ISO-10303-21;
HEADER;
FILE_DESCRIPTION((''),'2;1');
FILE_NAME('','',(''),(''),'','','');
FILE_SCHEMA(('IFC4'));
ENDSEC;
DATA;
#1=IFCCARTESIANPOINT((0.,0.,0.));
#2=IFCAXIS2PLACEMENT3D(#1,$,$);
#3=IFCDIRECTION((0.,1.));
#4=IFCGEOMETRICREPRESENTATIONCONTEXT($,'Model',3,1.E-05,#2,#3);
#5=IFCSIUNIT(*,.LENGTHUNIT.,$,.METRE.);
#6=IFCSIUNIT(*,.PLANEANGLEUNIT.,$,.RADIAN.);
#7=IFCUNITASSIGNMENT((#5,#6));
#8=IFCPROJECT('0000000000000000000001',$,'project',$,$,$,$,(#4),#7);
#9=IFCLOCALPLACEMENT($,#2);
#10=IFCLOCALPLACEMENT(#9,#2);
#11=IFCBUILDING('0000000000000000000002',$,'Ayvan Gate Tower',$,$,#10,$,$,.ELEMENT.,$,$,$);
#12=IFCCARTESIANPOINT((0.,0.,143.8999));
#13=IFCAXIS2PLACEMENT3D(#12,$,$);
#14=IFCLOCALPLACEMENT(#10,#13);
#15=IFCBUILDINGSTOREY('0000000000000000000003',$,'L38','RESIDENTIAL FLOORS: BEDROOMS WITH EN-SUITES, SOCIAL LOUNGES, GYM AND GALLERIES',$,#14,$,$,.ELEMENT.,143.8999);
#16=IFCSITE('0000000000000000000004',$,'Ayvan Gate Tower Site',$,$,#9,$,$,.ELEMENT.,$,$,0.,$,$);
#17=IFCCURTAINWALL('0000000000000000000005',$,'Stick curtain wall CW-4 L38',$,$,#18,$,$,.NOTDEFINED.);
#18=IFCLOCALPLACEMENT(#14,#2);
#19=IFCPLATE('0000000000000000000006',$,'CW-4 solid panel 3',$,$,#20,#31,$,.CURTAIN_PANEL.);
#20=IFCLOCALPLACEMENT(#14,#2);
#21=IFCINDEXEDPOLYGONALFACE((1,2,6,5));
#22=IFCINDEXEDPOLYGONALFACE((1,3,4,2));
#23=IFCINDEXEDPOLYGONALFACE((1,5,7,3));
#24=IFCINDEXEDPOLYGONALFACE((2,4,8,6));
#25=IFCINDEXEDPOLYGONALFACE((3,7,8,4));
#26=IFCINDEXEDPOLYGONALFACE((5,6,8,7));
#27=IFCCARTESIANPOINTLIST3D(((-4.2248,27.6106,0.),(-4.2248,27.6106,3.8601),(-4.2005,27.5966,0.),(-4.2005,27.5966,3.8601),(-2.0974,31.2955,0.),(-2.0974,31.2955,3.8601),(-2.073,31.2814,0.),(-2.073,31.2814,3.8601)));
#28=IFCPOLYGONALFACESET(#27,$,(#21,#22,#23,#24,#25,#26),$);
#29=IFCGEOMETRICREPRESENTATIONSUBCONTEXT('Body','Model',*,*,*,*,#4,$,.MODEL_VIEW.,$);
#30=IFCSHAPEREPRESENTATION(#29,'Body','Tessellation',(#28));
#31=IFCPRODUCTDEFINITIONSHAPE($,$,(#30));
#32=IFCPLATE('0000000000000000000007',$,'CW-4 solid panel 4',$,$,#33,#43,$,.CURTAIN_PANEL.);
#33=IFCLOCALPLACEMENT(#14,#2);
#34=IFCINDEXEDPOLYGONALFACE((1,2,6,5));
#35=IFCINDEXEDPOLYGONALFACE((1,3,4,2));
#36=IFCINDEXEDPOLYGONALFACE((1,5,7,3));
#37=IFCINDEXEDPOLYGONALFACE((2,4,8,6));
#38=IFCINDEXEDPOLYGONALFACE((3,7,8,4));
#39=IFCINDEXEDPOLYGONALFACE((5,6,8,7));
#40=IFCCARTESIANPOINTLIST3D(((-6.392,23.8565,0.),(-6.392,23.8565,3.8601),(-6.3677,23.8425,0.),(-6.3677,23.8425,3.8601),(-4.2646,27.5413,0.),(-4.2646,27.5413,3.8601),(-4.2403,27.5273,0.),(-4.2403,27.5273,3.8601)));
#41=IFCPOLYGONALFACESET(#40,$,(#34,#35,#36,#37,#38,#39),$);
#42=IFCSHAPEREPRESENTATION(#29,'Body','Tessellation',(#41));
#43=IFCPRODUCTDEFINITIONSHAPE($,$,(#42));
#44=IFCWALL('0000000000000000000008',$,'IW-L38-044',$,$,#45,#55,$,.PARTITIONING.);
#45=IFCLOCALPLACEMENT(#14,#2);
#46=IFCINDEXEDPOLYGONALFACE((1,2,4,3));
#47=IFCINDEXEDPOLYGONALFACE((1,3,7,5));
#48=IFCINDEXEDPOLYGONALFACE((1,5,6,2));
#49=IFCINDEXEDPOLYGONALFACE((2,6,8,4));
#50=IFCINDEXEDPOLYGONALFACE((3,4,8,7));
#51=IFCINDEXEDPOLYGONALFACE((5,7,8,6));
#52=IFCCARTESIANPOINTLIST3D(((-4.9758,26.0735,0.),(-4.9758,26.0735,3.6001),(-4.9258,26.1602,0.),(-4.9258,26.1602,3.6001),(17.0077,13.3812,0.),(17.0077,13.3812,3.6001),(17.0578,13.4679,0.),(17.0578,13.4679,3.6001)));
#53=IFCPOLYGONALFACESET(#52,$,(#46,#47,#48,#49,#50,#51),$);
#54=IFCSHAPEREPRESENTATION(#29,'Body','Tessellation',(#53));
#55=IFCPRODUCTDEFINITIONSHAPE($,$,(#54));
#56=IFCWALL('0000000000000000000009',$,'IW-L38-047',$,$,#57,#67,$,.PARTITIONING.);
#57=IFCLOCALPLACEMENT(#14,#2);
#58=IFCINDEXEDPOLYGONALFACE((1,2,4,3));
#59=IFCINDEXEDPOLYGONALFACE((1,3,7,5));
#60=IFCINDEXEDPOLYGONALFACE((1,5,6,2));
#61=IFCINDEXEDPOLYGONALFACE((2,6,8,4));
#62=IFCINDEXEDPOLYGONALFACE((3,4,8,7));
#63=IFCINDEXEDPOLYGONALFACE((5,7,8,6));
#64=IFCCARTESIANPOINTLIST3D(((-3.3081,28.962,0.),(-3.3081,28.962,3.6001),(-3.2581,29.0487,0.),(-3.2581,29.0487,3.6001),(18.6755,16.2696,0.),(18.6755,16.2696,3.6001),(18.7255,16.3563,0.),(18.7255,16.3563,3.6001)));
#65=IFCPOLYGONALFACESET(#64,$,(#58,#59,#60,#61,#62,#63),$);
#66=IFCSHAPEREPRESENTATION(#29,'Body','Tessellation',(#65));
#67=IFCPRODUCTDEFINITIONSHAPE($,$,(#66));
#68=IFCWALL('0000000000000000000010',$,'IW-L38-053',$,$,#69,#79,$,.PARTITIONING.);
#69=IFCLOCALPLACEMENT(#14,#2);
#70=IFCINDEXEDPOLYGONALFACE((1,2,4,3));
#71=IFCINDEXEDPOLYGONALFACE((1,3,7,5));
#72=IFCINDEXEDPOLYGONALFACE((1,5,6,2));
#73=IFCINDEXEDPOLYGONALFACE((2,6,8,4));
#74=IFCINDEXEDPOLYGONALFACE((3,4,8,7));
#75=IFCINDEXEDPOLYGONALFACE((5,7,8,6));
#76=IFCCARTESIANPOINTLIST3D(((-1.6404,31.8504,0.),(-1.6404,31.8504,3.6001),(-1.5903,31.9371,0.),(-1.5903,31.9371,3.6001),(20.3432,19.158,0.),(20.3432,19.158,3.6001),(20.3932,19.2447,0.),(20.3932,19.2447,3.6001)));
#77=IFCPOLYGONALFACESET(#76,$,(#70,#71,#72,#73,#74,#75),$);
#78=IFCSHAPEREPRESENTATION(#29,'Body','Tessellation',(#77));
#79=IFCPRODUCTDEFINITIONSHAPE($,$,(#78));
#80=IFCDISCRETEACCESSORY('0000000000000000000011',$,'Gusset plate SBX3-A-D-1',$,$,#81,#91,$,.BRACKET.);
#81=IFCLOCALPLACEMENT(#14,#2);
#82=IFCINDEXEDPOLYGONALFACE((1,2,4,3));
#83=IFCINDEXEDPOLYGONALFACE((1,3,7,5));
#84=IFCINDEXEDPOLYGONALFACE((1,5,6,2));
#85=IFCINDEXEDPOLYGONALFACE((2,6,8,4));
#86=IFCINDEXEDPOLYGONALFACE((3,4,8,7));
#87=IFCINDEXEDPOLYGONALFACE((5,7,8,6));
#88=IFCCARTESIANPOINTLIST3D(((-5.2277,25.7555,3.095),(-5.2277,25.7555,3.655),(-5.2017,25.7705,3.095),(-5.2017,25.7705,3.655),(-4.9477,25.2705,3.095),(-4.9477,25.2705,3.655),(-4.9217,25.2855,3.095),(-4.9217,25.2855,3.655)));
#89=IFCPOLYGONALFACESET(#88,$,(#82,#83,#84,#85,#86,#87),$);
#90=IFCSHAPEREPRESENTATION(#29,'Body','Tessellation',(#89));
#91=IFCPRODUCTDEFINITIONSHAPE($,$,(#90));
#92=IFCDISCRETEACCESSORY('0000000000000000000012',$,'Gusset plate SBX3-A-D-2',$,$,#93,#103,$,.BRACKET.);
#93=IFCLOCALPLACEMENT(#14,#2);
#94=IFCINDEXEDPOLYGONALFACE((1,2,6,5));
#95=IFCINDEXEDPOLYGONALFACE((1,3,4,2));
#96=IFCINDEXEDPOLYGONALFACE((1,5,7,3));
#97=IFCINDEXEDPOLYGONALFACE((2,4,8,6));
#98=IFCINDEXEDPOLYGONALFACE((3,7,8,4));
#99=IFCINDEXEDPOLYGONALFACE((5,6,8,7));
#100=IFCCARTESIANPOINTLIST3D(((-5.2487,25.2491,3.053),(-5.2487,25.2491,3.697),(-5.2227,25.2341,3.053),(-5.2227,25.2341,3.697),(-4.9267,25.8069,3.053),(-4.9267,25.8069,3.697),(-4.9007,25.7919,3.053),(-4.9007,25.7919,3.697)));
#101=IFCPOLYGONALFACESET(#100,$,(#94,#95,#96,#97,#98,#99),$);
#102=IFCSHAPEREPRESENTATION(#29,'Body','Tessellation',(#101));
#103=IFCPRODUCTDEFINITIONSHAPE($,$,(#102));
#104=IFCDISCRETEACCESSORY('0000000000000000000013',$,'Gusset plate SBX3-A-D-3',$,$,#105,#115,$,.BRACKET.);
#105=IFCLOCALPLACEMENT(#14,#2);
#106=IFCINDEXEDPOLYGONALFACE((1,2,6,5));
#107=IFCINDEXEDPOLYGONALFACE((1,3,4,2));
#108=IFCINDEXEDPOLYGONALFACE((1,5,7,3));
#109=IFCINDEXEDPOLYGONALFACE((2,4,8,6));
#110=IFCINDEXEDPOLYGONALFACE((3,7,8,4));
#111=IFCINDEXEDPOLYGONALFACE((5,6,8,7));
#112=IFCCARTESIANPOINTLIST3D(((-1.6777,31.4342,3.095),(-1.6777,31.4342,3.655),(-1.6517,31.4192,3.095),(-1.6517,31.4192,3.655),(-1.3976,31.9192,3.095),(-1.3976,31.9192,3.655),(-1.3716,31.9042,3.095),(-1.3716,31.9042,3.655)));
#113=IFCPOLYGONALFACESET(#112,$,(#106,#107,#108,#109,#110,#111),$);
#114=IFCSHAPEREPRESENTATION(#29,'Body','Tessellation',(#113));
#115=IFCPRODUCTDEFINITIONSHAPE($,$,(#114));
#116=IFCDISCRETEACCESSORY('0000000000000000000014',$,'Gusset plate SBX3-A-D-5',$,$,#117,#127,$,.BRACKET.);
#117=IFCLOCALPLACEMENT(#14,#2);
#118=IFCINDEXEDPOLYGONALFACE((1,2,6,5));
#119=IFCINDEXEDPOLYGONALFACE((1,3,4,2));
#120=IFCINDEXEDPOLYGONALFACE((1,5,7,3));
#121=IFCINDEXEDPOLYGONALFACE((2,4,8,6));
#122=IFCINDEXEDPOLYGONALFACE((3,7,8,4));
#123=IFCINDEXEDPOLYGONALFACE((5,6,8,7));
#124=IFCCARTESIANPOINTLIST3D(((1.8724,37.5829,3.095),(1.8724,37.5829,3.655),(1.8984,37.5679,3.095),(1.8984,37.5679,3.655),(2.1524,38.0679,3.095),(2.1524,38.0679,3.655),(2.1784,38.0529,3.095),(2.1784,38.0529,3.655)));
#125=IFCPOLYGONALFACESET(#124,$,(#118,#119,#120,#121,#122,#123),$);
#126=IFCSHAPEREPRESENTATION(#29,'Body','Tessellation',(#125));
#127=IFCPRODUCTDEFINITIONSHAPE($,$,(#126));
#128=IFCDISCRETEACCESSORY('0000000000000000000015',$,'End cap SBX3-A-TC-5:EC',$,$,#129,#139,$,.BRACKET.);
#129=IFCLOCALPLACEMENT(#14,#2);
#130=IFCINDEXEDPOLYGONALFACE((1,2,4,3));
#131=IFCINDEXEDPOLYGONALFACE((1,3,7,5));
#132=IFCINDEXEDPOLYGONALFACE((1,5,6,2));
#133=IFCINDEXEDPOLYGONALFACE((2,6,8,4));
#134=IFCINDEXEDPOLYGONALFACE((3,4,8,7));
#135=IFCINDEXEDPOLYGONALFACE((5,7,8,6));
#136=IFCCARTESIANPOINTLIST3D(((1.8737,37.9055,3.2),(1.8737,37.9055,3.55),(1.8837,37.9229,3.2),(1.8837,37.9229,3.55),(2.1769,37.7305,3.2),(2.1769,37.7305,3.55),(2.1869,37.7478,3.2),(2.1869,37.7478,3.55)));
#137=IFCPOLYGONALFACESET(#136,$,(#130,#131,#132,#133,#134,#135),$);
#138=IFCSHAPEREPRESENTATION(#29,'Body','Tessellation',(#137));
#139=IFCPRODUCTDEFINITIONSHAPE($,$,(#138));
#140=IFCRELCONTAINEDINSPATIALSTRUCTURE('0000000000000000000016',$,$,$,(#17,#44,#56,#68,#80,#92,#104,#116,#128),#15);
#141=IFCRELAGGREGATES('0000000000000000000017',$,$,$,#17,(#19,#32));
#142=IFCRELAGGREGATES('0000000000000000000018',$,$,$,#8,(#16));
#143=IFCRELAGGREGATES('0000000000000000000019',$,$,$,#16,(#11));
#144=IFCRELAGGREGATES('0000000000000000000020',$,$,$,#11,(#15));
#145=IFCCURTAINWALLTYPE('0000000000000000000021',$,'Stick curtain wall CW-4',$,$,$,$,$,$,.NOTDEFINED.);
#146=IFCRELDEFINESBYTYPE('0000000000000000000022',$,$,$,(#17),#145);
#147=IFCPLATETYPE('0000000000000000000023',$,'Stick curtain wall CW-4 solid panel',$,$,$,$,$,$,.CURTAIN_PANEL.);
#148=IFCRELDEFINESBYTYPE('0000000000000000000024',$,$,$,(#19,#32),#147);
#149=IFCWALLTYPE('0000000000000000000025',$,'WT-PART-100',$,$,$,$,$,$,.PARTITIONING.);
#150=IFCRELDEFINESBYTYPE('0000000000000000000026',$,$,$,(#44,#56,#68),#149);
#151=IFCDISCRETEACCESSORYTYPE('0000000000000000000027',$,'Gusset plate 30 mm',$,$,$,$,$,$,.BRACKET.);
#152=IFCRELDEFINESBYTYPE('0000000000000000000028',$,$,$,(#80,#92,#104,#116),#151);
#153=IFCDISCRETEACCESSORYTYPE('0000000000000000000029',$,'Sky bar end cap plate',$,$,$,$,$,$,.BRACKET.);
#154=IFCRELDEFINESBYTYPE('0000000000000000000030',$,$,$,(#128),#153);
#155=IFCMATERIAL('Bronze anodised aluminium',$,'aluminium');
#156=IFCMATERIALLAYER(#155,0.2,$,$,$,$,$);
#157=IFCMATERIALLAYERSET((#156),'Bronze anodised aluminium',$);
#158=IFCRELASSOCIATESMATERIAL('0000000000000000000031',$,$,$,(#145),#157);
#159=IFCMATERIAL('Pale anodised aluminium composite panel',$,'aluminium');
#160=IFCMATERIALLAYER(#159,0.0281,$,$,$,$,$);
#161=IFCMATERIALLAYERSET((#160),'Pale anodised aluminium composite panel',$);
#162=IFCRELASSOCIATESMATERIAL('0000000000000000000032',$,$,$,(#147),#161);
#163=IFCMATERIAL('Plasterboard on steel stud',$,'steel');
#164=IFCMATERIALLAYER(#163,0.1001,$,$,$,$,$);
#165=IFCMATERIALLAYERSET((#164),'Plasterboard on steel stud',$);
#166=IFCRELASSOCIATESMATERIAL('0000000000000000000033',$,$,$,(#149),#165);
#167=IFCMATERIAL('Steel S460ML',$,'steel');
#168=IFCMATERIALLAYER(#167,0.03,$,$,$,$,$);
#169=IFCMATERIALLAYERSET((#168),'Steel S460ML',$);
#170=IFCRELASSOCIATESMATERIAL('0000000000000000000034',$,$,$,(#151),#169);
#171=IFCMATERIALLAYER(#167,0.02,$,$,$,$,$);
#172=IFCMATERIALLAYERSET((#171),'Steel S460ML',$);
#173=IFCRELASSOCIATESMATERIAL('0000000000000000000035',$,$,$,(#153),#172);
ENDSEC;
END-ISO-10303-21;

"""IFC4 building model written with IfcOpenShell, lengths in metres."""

from ifc_helpers import new_model, si_unit, direction, frame, frame_2d, origin, origin_2d, place, context, subcontext, project, spatial, rectangle, extrude, material, layer, layer_set, type_object, element, aggregate, save


model = new_model("IFC4")

# Units and contexts
model_context = context("Model", 3, precision=1e-05, world=origin(), true_north=direction((0.0, 1.0)))
body_context = subcontext(model_context, "Body", "Model", "MODEL_VIEW")
ifc_project = project(units=[si_unit("LENGTHUNIT", "METRE"), si_unit("PLANEANGLEUNIT", "RADIAN")], contexts=[model_context])

# Site, building, storey
site_placement = place(None, origin())
site = spatial("IfcSite", under=ifc_project, at=site_placement, Name="Ayvan Gate Tower Site", CompositionType="ELEMENT", RefElevation=0.0)
building_placement = place(site_placement, origin())
building = spatial("IfcBuilding", under=site, at=building_placement, Name="Ayvan Gate Tower", CompositionType="ELEMENT")
storey_placement = place(building_placement, frame((0.0, 0.0, 143.8999)))
storey = spatial("IfcBuildingStorey", under=building, at=storey_placement, Name="L38", Description="RESIDENTIAL FLOORS: BEDROOMS WITH EN-SUITES, SOCIAL LOUNGES, GYM AND GALLERIES", CompositionType="ELEMENT", Elevation=143.8999)

# Shared definitions
ifc_material_1 = material(Name="Steel S460ML", Category="steel")

# Shared definitions
ifc_material_2 = material(Name="Bronze anodised aluminium", Category="aluminium")
ifc_layer_1 = layer(ifc_material_2, 0.2)
ifc_layer_set_1 = layer_set([ifc_layer_1], Name="Bronze anodised aluminium")
curtain_wall_type = type_object("IfcCurtainWallType", Name="Stick curtain wall CW-4", PredefinedType="NOTDEFINED", material=ifc_layer_set_1)

# Curtain wall
curtain_wall_1_placement = place(storey_placement, origin())
curtain_wall_1 = element("IfcCurtainWall", 1, at=curtain_wall_1_placement, inside=storey, type_object=curtain_wall_type, Name="Stick curtain wall CW-4 L38", PredefinedType="NOTDEFINED")

# Plates
ifc_material_3 = material(Name="Pale anodised aluminium composite panel", Category="aluminium")
ifc_layer_2 = layer(ifc_material_3, 0.0281)
ifc_layer_set_2 = layer_set([ifc_layer_2], Name="Pale anodised aluminium composite panel")
plate_type = type_object("IfcPlateType", Name="Stick curtain wall CW-4 solid panel", PredefinedType="CURTAIN_PANEL", material=ifc_layer_set_2)
plate_1_placement = place(storey_placement, frame((-3.1489, 29.446, 0.0), z_axis=(0.0, 0.0, 1.0), x_axis=(-0.5, -0.866025, 0.0)))
plate_1 = element("IfcPlate", 2, at=plate_1_placement, type_object=plate_type, Name="CW-4 solid panel 3", PredefinedType="CURTAIN_PANEL", context=body_context, shape_type="SweptSolid", body=[
    extrude(rectangle(XDim=4.2549, YDim=0.0281, at=origin_2d()), origin(), (0.0, 0.0, 1.0), 3.8601),
])
plate_2_placement = place(storey_placement, frame((-5.3162, 25.6919, 0.0), z_axis=(0.0, 0.0, 1.0), x_axis=(-0.5, -0.866025, 0.0)))
plate_2 = element("IfcPlate", 3, at=plate_2_placement, type_object=plate_type, Name="CW-4 solid panel 4", PredefinedType="CURTAIN_PANEL", context=body_context, shape_type="SweptSolid", body=[
    extrude(rectangle(XDim=4.2549, YDim=0.0281, at=origin_2d()), origin(), (0.0, 0.0, 1.0), 3.8601),
])
aggregate(curtain_wall_1, [plate_1, plate_2])

# Walls
ifc_material_4 = material(Name="Plasterboard on steel stud", Category="steel")
ifc_layer_3 = layer(ifc_material_4, 0.1001)
ifc_layer_set_3 = layer_set([ifc_layer_3], Name="Plasterboard on steel stud")
wall_type = type_object("IfcWallType", Name="WT-PART-100", PredefinedType="PARTITIONING", material=ifc_layer_set_3)
for number, where, z_axis, x_axis, name in (
    (4, (-4.9509, 26.1169, 0.0), (0.0, 0.0, 1.0), (0.866023, -0.500004, 0.0), "IW-L38-044"),
    (5, (-3.2832, 29.0054, 0.0), (0.0, 0.0, 1.0), (0.866023, -0.500004, 0.0), "IW-L38-047"),
    (6, (-1.6155, 31.8938, 0.0), (0.0, 0.0, 1.0), (0.866023, -0.500004, 0.0), "IW-L38-053"),
):
    element("IfcWall", number, at=place(storey_placement, frame(where, z_axis=z_axis, x_axis=x_axis)), inside=storey, type_object=wall_type, Name=name, PredefinedType="PARTITIONING", context=body_context, shape_type="SweptSolid", body=[
        extrude(rectangle(XDim=25.3845, YDim=0.1001, at=frame_2d((12.6924, 0.0))), origin(), (0.0, 0.0, 1.0), 3.6001),
    ])

# Discrete accessories
ifc_layer_4 = layer(ifc_material_1, 0.03)
ifc_layer_set_4 = layer_set([ifc_layer_4], Name="Steel S460ML")
discrete_accessory_type_1 = type_object("IfcDiscreteAccessoryType", Name="Gusset plate 30 mm", PredefinedType="BRACKET", material=ifc_layer_set_4)
discrete_accessory_1_placement = place(storey_placement, frame((-5.0747, 25.5205, 3.095), z_axis=(0.0, 0.0, 1.0), x_axis=(-0.5, 0.866025, 0.0)))
element("IfcDiscreteAccessory", 7, at=discrete_accessory_1_placement, inside=storey, type_object=discrete_accessory_type_1, Name="Gusset plate SBX3-A-D-1", PredefinedType="BRACKET", context=body_context, shape_type="SweptSolid", body=[
    extrude(rectangle(XDim=0.5601, YDim=0.03, at=origin_2d()), origin(), (0.0, 0.0, 1.0), 0.5601),
])
discrete_accessory_2_placement = place(storey_placement, frame((-5.0747, 25.5205, 3.053), z_axis=(0.0, 0.0, 1.0), x_axis=(0.5, 0.866025, 0.0)))
element("IfcDiscreteAccessory", 8, at=discrete_accessory_2_placement, inside=storey, type_object=discrete_accessory_type_1, Name="Gusset plate SBX3-A-D-2", PredefinedType="BRACKET", context=body_context, shape_type="SweptSolid", body=[
    extrude(rectangle(XDim=0.644, YDim=0.03, at=origin_2d()), origin(), (0.0, 0.0, 1.0), 0.644),
])
for number, where, z_axis, x_axis, name in (
    (9, (-1.5247, 31.6692, 3.095), (0.0, 0.0, 1.0), (0.5, 0.866025, 0.0), "Gusset plate SBX3-A-D-3"),
    (10, (2.0254, 37.8179, 3.095), (0.0, 0.0, 1.0), (0.5, 0.866025, 0.0), "Gusset plate SBX3-A-D-5"),
):
    element("IfcDiscreteAccessory", number, at=place(storey_placement, frame(where, z_axis=z_axis, x_axis=x_axis)), inside=storey, type_object=discrete_accessory_type_1, Name=name, PredefinedType="BRACKET", context=body_context, shape_type="SweptSolid", body=[
        extrude(rectangle(XDim=0.5601, YDim=0.03, at=origin_2d()), origin(), (0.0, 0.0, 1.0), 0.5601),
    ])
ifc_layer_5 = layer(ifc_material_1, 0.02)
ifc_layer_set_5 = layer_set([ifc_layer_5], Name="Steel S460ML")
discrete_accessory_type_2 = type_object("IfcDiscreteAccessoryType", Name="Sky bar end cap plate", PredefinedType="BRACKET", material=ifc_layer_set_5)
discrete_accessory_3_placement = place(storey_placement, frame((2.0303, 37.8267, 3.2), z_axis=(0.0, 0.0, 1.0), x_axis=(0.5, 0.866025, 0.0)))
element("IfcDiscreteAccessory", 11, at=discrete_accessory_3_placement, inside=storey, type_object=discrete_accessory_type_2, Name="End cap SBX3-A-TC-5:EC", PredefinedType="BRACKET", context=body_context, shape_type="SweptSolid", body=[
    extrude(rectangle(XDim=0.02, YDim=0.3501, at=origin_2d()), origin(), (0.0, 0.0, 1.0), 0.3501),
])

save(model, "model.ifc")
